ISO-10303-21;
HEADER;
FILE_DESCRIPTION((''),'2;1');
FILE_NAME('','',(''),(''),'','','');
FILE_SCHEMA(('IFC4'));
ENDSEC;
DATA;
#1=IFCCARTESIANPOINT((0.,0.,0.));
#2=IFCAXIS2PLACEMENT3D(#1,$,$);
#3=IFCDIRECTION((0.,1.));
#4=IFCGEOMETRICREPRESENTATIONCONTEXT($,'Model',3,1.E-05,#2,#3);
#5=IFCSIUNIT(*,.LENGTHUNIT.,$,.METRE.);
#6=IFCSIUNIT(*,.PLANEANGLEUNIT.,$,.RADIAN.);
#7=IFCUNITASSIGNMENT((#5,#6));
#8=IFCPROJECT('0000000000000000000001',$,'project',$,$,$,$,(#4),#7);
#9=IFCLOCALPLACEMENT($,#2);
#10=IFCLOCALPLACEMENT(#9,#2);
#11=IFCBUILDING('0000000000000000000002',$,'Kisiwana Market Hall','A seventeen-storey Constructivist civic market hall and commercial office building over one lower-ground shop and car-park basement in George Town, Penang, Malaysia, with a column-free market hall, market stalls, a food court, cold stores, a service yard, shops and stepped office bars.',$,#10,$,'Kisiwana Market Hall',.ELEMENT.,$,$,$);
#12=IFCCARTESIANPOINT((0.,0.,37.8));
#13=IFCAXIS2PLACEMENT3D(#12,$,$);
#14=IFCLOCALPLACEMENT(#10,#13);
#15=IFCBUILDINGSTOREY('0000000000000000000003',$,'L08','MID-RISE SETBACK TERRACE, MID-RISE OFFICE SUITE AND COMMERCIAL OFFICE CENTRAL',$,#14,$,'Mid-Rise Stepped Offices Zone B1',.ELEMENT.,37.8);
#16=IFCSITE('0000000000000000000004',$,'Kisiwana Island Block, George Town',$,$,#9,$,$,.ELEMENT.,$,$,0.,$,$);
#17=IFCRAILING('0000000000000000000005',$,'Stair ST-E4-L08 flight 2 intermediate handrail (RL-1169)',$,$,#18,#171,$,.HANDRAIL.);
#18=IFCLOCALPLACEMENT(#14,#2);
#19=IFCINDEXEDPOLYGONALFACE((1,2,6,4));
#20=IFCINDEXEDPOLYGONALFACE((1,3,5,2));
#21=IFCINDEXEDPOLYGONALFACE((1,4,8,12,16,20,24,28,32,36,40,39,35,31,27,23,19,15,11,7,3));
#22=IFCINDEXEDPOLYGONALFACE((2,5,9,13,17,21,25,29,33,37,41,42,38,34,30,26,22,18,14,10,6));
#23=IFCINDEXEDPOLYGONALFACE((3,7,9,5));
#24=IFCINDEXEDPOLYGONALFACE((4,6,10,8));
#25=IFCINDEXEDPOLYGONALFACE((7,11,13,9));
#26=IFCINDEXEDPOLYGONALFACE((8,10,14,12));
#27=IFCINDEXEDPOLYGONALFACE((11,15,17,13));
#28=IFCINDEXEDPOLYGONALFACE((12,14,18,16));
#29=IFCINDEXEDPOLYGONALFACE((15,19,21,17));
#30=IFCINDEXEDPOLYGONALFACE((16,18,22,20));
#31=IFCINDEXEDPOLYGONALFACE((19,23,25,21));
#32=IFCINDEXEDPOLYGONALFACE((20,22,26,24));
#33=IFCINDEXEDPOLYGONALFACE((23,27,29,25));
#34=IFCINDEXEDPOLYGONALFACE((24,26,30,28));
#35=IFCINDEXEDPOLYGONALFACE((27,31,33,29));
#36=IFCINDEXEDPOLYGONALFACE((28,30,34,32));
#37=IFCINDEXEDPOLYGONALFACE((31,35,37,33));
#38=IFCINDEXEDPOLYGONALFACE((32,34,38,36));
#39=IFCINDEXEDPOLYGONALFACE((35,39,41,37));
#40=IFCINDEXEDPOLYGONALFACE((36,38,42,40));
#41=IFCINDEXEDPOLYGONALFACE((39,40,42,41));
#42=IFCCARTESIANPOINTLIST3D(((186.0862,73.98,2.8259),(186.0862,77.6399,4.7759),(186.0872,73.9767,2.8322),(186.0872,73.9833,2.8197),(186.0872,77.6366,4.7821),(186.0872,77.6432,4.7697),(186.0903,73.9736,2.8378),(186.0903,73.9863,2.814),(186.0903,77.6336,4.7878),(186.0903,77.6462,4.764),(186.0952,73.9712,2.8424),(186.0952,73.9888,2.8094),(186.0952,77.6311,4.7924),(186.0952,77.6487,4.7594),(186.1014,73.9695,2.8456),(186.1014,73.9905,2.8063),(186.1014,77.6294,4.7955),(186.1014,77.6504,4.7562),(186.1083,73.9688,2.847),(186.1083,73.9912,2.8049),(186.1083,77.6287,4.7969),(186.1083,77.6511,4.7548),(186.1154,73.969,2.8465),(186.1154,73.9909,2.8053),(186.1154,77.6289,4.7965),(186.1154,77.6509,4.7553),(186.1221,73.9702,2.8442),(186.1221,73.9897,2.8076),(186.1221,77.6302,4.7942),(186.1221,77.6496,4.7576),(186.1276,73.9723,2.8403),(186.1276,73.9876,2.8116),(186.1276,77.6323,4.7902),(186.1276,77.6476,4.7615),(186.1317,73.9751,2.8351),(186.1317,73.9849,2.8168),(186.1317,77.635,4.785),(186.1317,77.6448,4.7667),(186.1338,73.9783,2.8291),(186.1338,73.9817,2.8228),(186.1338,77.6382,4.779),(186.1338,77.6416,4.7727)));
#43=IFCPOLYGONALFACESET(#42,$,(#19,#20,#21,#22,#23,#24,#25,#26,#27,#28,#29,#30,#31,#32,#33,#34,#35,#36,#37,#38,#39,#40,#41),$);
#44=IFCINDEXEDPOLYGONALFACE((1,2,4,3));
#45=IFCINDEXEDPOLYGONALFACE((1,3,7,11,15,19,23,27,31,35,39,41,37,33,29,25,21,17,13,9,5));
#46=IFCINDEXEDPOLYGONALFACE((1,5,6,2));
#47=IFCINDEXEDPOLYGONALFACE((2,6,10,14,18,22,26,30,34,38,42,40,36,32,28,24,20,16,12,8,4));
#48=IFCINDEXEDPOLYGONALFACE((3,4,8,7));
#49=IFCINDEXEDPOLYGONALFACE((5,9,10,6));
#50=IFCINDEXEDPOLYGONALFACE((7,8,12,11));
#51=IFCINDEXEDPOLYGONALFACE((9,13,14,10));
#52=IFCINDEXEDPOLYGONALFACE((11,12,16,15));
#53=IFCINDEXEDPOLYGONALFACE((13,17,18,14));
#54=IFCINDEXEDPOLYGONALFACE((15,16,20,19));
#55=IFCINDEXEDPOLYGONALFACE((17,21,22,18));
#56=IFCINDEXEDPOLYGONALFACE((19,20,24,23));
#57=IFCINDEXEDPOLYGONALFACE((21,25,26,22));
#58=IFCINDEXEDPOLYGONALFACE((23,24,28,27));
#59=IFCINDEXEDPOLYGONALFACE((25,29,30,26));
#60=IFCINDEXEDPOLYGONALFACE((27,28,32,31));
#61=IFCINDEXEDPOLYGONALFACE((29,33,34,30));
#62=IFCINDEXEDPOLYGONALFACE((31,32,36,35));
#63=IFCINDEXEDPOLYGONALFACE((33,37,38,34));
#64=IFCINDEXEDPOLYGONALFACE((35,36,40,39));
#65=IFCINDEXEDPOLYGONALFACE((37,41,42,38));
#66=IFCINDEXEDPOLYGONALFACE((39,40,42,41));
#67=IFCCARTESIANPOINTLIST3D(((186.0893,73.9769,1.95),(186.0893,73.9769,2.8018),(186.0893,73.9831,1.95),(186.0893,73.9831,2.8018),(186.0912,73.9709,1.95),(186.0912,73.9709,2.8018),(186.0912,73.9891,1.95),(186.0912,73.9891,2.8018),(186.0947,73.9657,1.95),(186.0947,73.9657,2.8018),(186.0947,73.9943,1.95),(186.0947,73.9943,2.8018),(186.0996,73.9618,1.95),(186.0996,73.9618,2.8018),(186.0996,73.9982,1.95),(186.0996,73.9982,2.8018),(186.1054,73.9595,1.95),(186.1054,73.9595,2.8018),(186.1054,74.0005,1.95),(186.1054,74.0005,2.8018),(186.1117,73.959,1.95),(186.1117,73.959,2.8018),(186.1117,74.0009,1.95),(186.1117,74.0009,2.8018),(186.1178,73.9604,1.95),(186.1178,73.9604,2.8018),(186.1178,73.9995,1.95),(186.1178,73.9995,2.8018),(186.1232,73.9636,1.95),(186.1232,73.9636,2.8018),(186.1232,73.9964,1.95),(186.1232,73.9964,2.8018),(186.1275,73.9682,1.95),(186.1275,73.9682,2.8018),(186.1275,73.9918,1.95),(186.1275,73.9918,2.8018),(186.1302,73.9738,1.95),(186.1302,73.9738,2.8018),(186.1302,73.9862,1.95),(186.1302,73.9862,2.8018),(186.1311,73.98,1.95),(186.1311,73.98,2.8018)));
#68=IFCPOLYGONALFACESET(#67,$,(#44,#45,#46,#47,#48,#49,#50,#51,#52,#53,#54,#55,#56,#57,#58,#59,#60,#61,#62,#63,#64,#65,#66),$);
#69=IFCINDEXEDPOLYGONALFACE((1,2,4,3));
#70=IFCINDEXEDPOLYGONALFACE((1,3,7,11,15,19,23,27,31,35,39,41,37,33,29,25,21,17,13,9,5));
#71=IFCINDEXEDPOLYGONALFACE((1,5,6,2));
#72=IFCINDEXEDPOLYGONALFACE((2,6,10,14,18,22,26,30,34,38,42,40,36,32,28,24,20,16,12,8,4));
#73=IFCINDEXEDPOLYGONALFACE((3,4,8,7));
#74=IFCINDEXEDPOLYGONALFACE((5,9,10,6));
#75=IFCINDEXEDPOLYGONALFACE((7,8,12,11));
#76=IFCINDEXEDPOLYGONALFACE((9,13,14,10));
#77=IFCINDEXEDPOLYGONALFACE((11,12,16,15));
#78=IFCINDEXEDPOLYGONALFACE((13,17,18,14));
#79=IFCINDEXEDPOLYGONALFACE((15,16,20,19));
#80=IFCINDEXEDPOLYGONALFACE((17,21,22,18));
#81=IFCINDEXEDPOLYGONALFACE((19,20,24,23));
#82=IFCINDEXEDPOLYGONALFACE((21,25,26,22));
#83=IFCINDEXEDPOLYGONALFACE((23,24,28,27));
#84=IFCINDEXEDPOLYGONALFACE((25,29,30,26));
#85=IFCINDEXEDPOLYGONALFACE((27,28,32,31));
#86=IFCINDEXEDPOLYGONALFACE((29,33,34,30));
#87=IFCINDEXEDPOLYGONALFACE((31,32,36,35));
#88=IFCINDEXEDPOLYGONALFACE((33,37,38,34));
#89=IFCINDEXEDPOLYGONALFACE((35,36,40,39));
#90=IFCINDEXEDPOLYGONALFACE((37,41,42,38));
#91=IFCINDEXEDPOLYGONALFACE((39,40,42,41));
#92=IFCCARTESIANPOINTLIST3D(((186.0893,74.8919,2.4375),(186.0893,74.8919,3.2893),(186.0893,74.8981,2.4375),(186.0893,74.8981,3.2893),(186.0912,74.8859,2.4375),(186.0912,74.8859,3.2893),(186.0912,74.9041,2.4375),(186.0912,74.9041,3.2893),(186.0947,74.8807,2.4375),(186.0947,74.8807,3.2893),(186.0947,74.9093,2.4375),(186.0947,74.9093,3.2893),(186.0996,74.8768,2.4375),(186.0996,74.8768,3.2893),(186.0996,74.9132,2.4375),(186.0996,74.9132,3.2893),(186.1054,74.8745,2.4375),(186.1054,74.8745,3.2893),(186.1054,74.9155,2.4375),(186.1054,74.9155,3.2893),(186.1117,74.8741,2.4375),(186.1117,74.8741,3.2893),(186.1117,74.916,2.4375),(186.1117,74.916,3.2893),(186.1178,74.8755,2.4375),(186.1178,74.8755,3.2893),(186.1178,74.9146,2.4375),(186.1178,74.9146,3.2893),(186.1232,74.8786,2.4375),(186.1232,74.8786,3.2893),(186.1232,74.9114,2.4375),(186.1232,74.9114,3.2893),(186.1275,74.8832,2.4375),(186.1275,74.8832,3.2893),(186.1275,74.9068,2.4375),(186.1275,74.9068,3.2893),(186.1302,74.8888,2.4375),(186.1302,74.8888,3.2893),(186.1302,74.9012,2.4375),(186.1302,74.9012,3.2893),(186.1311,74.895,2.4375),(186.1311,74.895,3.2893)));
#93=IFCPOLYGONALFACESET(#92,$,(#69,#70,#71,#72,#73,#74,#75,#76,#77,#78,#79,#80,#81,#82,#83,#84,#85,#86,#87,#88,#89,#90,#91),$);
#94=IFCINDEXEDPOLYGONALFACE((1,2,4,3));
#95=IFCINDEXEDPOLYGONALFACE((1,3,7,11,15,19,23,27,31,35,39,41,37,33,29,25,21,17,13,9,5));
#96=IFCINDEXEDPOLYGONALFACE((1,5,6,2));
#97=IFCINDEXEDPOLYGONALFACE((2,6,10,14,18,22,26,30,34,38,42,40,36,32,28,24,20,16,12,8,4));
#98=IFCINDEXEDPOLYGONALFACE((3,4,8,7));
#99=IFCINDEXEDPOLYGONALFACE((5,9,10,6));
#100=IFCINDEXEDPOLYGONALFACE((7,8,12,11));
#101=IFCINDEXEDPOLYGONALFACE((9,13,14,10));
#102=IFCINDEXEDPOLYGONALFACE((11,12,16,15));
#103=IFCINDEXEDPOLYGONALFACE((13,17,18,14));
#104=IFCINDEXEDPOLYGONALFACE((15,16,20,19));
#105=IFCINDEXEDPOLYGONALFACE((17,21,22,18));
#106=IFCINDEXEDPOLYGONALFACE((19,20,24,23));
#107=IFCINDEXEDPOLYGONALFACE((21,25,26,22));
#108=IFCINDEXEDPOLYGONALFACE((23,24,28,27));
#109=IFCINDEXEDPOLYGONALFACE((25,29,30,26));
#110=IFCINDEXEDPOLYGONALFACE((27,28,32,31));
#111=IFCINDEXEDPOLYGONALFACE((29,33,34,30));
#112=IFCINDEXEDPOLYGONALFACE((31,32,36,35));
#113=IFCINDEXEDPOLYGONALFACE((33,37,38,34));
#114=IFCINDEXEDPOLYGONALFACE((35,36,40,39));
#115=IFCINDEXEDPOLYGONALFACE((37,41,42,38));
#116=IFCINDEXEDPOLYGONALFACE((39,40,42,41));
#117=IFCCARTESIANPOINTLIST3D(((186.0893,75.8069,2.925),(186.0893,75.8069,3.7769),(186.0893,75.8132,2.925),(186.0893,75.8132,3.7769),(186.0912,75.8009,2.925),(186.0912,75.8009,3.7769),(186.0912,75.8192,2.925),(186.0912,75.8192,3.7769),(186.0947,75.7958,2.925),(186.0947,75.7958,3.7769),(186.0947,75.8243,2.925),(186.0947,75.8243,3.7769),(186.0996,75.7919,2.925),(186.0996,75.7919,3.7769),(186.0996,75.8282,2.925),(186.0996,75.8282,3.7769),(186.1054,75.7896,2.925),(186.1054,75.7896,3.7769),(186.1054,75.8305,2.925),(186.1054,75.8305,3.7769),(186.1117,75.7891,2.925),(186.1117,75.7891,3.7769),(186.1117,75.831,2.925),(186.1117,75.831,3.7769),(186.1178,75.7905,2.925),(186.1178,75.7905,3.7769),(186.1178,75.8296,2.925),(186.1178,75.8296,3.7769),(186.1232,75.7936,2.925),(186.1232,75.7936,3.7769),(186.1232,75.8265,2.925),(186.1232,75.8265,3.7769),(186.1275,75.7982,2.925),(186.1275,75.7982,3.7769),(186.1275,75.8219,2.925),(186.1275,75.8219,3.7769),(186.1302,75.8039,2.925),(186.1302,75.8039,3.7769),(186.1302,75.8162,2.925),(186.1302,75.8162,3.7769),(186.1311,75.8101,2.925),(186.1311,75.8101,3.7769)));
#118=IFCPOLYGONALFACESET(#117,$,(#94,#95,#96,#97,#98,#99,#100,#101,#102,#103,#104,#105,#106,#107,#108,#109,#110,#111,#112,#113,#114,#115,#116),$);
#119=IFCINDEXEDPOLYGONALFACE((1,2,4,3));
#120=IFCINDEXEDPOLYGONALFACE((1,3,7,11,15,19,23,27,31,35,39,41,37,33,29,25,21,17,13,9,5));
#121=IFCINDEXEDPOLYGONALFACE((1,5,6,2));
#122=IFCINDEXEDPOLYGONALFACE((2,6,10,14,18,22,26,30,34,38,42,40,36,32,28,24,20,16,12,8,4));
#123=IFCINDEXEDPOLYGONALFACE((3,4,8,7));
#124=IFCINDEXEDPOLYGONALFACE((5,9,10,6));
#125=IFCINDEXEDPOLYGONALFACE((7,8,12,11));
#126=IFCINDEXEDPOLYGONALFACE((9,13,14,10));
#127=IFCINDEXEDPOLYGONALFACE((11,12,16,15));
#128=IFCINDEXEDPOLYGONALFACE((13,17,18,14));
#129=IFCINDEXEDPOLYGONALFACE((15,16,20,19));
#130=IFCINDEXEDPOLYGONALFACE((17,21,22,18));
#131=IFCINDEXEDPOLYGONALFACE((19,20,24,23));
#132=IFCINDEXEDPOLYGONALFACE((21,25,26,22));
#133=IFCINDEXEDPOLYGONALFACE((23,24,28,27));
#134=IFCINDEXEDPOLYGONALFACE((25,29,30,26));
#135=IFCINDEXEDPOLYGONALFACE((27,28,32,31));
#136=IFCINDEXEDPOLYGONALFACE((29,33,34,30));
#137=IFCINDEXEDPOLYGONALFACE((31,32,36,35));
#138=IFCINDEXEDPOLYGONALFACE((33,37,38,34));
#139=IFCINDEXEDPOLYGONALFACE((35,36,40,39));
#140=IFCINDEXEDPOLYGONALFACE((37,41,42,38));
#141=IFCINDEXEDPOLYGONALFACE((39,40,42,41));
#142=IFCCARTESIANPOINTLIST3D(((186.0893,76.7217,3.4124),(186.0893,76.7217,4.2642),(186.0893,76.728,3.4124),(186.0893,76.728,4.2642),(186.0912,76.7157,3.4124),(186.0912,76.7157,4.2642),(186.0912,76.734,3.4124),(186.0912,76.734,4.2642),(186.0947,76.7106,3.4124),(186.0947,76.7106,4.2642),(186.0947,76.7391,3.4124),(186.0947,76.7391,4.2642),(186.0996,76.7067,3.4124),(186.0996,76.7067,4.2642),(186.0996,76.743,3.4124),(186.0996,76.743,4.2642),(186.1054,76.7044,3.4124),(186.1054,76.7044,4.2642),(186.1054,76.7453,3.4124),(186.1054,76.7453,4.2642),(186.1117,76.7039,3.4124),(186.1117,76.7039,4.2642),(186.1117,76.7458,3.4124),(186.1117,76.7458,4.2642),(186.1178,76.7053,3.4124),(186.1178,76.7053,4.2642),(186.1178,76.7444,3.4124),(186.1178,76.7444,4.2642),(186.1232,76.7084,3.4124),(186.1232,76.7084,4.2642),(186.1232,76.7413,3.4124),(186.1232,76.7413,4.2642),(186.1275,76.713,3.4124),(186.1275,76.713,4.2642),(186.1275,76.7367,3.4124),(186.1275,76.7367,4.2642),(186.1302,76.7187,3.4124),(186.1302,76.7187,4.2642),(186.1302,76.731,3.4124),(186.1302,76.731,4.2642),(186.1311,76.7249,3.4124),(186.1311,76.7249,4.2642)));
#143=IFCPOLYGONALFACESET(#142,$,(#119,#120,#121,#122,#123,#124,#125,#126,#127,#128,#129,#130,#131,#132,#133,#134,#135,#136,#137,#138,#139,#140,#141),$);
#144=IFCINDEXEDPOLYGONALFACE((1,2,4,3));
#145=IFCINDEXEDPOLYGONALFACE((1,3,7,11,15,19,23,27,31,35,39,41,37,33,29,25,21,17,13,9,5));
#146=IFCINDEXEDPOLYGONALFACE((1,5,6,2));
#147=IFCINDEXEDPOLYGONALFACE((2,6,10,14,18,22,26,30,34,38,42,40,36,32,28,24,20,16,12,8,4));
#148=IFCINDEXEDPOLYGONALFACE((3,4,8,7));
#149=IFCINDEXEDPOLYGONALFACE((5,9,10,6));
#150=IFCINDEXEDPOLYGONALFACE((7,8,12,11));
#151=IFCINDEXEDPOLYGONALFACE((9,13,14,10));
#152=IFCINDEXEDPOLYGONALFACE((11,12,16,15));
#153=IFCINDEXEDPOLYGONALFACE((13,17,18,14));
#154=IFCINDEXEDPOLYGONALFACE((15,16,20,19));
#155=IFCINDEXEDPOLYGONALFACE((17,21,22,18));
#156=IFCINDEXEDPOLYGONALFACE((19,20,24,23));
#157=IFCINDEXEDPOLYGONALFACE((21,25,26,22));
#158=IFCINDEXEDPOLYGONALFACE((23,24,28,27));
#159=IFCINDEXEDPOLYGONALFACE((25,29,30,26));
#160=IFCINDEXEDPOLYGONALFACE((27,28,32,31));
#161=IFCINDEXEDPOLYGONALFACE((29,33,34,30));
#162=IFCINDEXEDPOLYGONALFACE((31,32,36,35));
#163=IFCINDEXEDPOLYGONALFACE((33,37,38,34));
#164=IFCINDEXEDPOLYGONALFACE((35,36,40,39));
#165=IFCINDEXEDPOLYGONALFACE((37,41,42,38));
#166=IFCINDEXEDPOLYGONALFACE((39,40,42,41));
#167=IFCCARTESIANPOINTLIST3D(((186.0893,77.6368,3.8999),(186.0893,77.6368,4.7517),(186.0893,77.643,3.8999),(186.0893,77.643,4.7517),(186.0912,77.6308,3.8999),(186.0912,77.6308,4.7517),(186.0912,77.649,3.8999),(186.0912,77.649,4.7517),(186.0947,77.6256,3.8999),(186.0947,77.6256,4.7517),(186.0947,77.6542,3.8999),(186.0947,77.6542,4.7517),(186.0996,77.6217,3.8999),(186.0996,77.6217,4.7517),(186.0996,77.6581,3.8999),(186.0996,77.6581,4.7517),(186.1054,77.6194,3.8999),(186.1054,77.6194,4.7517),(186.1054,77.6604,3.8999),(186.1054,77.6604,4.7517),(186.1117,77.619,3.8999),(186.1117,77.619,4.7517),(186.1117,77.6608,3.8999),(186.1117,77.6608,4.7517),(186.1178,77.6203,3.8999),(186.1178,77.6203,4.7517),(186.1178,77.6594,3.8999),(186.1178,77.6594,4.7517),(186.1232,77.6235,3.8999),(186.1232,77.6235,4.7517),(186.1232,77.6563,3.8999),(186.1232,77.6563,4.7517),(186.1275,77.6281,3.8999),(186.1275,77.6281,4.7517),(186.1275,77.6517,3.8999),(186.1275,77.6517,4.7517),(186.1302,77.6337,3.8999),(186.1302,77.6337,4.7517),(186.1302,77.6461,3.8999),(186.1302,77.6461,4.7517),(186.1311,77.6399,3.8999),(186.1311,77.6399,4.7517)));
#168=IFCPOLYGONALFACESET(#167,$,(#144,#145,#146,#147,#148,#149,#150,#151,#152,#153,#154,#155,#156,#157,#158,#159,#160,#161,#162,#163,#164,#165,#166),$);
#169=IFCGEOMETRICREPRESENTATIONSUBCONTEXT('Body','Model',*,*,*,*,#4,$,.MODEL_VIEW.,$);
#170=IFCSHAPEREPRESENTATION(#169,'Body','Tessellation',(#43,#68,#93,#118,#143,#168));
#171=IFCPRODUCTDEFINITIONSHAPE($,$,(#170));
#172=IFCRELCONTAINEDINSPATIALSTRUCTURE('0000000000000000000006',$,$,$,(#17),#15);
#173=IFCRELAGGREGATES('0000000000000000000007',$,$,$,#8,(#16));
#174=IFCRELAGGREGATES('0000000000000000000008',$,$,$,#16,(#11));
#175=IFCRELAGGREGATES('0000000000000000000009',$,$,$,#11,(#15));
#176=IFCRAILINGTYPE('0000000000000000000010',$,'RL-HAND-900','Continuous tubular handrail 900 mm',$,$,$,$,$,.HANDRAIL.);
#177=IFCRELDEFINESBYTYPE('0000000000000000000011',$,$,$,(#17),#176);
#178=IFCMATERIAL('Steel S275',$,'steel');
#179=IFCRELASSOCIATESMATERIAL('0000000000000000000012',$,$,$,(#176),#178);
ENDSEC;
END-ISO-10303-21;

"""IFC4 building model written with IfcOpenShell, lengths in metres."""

from ifc_helpers import new_model, si_unit, direction, frame, origin, origin_2d, place, context, subcontext, project, spatial, circle, extrude, material, type_object, element, save


model = new_model("IFC4")

# Units and contexts
model_context = context("Model", 3, precision=1e-05, world=origin(), true_north=direction((0.0, 1.0)))
body_context = subcontext(model_context, "Body", "Model", "MODEL_VIEW")
ifc_project = project(units=[si_unit("LENGTHUNIT", "METRE"), si_unit("PLANEANGLEUNIT", "RADIAN")], contexts=[model_context])

# Site, building, storey
site_placement = place(None, origin())
site = spatial("IfcSite", under=ifc_project, at=site_placement, Name="Kisiwana Island Block, George Town", CompositionType="ELEMENT", RefElevation=0.0)
building_placement = place(site_placement, origin())
building = spatial("IfcBuilding", under=site, at=building_placement, Name="Kisiwana Market Hall", Description="A seventeen-storey Constructivist civic market hall and commercial office building over one lower-ground shop and car-park basement in George Town, Penang, Malaysia, with a column-free market hall, market stalls, a food court, cold stores, a service yard, shops and stepped office bars.", LongName="Kisiwana Market Hall", CompositionType="ELEMENT")
storey_placement = place(building_placement, frame((0.0, 0.0, 37.8)))
storey = spatial("IfcBuildingStorey", under=building, at=storey_placement, Name="L08", Description="MID-RISE SETBACK TERRACE, MID-RISE OFFICE SUITE AND COMMERCIAL OFFICE CENTRAL", LongName="Mid-Rise Stepped Offices Zone B1", CompositionType="ELEMENT", Elevation=37.8)

# Railing
ifc_material_1 = material(Name="Steel S275", Category="steel")
railing_type_1 = type_object("IfcRailingType", Name="RL-HAND-900", Description="Continuous tubular handrail 900 mm", PredefinedType="HANDRAIL", material=ifc_material_1)
railing_1_placement = place(storey_placement, frame((186.1101, 73.98, 1.95)))
element("IfcRailing", 1, at=railing_1_placement, inside=storey, type_object=railing_type_1, Name="Stair ST-E4-L08 flight 2 intermediate handrail (RL-1169)", PredefinedType="HANDRAIL", context=body_context, shape_type="SweptSolid", body=[
    extrude(circle(Radius=0.0239, at=origin_2d()), frame((0.0, 0.0, 0.876), z_axis=(0.0, 0.882553, 0.470212), x_axis=(-1.0, 0.0, 0.0)), (0.0, 0.0, 1.0), 4.147),
    extrude(circle(Radius=0.021, at=origin_2d()), origin(), (0.0, 0.0, 1.0), 0.8518),
    extrude(circle(Radius=0.021, at=origin_2d()), frame((0.0, 0.915, 0.4875)), (0.0, 0.0, 1.0), 0.8518),
    extrude(circle(Radius=0.021, at=origin_2d()), frame((0.0, 1.8301, 0.9751)), (0.0, 0.0, 1.0), 0.8518),
    extrude(circle(Radius=0.021, at=origin_2d()), frame((0.0, 2.7449, 1.4624)), (0.0, 0.0, 1.0), 0.8518),
    extrude(circle(Radius=0.021, at=origin_2d()), frame((0.0, 3.6599, 1.95)), (0.0, 0.0, 1.0), 0.8518),
])

save(model, "model.ifc")
